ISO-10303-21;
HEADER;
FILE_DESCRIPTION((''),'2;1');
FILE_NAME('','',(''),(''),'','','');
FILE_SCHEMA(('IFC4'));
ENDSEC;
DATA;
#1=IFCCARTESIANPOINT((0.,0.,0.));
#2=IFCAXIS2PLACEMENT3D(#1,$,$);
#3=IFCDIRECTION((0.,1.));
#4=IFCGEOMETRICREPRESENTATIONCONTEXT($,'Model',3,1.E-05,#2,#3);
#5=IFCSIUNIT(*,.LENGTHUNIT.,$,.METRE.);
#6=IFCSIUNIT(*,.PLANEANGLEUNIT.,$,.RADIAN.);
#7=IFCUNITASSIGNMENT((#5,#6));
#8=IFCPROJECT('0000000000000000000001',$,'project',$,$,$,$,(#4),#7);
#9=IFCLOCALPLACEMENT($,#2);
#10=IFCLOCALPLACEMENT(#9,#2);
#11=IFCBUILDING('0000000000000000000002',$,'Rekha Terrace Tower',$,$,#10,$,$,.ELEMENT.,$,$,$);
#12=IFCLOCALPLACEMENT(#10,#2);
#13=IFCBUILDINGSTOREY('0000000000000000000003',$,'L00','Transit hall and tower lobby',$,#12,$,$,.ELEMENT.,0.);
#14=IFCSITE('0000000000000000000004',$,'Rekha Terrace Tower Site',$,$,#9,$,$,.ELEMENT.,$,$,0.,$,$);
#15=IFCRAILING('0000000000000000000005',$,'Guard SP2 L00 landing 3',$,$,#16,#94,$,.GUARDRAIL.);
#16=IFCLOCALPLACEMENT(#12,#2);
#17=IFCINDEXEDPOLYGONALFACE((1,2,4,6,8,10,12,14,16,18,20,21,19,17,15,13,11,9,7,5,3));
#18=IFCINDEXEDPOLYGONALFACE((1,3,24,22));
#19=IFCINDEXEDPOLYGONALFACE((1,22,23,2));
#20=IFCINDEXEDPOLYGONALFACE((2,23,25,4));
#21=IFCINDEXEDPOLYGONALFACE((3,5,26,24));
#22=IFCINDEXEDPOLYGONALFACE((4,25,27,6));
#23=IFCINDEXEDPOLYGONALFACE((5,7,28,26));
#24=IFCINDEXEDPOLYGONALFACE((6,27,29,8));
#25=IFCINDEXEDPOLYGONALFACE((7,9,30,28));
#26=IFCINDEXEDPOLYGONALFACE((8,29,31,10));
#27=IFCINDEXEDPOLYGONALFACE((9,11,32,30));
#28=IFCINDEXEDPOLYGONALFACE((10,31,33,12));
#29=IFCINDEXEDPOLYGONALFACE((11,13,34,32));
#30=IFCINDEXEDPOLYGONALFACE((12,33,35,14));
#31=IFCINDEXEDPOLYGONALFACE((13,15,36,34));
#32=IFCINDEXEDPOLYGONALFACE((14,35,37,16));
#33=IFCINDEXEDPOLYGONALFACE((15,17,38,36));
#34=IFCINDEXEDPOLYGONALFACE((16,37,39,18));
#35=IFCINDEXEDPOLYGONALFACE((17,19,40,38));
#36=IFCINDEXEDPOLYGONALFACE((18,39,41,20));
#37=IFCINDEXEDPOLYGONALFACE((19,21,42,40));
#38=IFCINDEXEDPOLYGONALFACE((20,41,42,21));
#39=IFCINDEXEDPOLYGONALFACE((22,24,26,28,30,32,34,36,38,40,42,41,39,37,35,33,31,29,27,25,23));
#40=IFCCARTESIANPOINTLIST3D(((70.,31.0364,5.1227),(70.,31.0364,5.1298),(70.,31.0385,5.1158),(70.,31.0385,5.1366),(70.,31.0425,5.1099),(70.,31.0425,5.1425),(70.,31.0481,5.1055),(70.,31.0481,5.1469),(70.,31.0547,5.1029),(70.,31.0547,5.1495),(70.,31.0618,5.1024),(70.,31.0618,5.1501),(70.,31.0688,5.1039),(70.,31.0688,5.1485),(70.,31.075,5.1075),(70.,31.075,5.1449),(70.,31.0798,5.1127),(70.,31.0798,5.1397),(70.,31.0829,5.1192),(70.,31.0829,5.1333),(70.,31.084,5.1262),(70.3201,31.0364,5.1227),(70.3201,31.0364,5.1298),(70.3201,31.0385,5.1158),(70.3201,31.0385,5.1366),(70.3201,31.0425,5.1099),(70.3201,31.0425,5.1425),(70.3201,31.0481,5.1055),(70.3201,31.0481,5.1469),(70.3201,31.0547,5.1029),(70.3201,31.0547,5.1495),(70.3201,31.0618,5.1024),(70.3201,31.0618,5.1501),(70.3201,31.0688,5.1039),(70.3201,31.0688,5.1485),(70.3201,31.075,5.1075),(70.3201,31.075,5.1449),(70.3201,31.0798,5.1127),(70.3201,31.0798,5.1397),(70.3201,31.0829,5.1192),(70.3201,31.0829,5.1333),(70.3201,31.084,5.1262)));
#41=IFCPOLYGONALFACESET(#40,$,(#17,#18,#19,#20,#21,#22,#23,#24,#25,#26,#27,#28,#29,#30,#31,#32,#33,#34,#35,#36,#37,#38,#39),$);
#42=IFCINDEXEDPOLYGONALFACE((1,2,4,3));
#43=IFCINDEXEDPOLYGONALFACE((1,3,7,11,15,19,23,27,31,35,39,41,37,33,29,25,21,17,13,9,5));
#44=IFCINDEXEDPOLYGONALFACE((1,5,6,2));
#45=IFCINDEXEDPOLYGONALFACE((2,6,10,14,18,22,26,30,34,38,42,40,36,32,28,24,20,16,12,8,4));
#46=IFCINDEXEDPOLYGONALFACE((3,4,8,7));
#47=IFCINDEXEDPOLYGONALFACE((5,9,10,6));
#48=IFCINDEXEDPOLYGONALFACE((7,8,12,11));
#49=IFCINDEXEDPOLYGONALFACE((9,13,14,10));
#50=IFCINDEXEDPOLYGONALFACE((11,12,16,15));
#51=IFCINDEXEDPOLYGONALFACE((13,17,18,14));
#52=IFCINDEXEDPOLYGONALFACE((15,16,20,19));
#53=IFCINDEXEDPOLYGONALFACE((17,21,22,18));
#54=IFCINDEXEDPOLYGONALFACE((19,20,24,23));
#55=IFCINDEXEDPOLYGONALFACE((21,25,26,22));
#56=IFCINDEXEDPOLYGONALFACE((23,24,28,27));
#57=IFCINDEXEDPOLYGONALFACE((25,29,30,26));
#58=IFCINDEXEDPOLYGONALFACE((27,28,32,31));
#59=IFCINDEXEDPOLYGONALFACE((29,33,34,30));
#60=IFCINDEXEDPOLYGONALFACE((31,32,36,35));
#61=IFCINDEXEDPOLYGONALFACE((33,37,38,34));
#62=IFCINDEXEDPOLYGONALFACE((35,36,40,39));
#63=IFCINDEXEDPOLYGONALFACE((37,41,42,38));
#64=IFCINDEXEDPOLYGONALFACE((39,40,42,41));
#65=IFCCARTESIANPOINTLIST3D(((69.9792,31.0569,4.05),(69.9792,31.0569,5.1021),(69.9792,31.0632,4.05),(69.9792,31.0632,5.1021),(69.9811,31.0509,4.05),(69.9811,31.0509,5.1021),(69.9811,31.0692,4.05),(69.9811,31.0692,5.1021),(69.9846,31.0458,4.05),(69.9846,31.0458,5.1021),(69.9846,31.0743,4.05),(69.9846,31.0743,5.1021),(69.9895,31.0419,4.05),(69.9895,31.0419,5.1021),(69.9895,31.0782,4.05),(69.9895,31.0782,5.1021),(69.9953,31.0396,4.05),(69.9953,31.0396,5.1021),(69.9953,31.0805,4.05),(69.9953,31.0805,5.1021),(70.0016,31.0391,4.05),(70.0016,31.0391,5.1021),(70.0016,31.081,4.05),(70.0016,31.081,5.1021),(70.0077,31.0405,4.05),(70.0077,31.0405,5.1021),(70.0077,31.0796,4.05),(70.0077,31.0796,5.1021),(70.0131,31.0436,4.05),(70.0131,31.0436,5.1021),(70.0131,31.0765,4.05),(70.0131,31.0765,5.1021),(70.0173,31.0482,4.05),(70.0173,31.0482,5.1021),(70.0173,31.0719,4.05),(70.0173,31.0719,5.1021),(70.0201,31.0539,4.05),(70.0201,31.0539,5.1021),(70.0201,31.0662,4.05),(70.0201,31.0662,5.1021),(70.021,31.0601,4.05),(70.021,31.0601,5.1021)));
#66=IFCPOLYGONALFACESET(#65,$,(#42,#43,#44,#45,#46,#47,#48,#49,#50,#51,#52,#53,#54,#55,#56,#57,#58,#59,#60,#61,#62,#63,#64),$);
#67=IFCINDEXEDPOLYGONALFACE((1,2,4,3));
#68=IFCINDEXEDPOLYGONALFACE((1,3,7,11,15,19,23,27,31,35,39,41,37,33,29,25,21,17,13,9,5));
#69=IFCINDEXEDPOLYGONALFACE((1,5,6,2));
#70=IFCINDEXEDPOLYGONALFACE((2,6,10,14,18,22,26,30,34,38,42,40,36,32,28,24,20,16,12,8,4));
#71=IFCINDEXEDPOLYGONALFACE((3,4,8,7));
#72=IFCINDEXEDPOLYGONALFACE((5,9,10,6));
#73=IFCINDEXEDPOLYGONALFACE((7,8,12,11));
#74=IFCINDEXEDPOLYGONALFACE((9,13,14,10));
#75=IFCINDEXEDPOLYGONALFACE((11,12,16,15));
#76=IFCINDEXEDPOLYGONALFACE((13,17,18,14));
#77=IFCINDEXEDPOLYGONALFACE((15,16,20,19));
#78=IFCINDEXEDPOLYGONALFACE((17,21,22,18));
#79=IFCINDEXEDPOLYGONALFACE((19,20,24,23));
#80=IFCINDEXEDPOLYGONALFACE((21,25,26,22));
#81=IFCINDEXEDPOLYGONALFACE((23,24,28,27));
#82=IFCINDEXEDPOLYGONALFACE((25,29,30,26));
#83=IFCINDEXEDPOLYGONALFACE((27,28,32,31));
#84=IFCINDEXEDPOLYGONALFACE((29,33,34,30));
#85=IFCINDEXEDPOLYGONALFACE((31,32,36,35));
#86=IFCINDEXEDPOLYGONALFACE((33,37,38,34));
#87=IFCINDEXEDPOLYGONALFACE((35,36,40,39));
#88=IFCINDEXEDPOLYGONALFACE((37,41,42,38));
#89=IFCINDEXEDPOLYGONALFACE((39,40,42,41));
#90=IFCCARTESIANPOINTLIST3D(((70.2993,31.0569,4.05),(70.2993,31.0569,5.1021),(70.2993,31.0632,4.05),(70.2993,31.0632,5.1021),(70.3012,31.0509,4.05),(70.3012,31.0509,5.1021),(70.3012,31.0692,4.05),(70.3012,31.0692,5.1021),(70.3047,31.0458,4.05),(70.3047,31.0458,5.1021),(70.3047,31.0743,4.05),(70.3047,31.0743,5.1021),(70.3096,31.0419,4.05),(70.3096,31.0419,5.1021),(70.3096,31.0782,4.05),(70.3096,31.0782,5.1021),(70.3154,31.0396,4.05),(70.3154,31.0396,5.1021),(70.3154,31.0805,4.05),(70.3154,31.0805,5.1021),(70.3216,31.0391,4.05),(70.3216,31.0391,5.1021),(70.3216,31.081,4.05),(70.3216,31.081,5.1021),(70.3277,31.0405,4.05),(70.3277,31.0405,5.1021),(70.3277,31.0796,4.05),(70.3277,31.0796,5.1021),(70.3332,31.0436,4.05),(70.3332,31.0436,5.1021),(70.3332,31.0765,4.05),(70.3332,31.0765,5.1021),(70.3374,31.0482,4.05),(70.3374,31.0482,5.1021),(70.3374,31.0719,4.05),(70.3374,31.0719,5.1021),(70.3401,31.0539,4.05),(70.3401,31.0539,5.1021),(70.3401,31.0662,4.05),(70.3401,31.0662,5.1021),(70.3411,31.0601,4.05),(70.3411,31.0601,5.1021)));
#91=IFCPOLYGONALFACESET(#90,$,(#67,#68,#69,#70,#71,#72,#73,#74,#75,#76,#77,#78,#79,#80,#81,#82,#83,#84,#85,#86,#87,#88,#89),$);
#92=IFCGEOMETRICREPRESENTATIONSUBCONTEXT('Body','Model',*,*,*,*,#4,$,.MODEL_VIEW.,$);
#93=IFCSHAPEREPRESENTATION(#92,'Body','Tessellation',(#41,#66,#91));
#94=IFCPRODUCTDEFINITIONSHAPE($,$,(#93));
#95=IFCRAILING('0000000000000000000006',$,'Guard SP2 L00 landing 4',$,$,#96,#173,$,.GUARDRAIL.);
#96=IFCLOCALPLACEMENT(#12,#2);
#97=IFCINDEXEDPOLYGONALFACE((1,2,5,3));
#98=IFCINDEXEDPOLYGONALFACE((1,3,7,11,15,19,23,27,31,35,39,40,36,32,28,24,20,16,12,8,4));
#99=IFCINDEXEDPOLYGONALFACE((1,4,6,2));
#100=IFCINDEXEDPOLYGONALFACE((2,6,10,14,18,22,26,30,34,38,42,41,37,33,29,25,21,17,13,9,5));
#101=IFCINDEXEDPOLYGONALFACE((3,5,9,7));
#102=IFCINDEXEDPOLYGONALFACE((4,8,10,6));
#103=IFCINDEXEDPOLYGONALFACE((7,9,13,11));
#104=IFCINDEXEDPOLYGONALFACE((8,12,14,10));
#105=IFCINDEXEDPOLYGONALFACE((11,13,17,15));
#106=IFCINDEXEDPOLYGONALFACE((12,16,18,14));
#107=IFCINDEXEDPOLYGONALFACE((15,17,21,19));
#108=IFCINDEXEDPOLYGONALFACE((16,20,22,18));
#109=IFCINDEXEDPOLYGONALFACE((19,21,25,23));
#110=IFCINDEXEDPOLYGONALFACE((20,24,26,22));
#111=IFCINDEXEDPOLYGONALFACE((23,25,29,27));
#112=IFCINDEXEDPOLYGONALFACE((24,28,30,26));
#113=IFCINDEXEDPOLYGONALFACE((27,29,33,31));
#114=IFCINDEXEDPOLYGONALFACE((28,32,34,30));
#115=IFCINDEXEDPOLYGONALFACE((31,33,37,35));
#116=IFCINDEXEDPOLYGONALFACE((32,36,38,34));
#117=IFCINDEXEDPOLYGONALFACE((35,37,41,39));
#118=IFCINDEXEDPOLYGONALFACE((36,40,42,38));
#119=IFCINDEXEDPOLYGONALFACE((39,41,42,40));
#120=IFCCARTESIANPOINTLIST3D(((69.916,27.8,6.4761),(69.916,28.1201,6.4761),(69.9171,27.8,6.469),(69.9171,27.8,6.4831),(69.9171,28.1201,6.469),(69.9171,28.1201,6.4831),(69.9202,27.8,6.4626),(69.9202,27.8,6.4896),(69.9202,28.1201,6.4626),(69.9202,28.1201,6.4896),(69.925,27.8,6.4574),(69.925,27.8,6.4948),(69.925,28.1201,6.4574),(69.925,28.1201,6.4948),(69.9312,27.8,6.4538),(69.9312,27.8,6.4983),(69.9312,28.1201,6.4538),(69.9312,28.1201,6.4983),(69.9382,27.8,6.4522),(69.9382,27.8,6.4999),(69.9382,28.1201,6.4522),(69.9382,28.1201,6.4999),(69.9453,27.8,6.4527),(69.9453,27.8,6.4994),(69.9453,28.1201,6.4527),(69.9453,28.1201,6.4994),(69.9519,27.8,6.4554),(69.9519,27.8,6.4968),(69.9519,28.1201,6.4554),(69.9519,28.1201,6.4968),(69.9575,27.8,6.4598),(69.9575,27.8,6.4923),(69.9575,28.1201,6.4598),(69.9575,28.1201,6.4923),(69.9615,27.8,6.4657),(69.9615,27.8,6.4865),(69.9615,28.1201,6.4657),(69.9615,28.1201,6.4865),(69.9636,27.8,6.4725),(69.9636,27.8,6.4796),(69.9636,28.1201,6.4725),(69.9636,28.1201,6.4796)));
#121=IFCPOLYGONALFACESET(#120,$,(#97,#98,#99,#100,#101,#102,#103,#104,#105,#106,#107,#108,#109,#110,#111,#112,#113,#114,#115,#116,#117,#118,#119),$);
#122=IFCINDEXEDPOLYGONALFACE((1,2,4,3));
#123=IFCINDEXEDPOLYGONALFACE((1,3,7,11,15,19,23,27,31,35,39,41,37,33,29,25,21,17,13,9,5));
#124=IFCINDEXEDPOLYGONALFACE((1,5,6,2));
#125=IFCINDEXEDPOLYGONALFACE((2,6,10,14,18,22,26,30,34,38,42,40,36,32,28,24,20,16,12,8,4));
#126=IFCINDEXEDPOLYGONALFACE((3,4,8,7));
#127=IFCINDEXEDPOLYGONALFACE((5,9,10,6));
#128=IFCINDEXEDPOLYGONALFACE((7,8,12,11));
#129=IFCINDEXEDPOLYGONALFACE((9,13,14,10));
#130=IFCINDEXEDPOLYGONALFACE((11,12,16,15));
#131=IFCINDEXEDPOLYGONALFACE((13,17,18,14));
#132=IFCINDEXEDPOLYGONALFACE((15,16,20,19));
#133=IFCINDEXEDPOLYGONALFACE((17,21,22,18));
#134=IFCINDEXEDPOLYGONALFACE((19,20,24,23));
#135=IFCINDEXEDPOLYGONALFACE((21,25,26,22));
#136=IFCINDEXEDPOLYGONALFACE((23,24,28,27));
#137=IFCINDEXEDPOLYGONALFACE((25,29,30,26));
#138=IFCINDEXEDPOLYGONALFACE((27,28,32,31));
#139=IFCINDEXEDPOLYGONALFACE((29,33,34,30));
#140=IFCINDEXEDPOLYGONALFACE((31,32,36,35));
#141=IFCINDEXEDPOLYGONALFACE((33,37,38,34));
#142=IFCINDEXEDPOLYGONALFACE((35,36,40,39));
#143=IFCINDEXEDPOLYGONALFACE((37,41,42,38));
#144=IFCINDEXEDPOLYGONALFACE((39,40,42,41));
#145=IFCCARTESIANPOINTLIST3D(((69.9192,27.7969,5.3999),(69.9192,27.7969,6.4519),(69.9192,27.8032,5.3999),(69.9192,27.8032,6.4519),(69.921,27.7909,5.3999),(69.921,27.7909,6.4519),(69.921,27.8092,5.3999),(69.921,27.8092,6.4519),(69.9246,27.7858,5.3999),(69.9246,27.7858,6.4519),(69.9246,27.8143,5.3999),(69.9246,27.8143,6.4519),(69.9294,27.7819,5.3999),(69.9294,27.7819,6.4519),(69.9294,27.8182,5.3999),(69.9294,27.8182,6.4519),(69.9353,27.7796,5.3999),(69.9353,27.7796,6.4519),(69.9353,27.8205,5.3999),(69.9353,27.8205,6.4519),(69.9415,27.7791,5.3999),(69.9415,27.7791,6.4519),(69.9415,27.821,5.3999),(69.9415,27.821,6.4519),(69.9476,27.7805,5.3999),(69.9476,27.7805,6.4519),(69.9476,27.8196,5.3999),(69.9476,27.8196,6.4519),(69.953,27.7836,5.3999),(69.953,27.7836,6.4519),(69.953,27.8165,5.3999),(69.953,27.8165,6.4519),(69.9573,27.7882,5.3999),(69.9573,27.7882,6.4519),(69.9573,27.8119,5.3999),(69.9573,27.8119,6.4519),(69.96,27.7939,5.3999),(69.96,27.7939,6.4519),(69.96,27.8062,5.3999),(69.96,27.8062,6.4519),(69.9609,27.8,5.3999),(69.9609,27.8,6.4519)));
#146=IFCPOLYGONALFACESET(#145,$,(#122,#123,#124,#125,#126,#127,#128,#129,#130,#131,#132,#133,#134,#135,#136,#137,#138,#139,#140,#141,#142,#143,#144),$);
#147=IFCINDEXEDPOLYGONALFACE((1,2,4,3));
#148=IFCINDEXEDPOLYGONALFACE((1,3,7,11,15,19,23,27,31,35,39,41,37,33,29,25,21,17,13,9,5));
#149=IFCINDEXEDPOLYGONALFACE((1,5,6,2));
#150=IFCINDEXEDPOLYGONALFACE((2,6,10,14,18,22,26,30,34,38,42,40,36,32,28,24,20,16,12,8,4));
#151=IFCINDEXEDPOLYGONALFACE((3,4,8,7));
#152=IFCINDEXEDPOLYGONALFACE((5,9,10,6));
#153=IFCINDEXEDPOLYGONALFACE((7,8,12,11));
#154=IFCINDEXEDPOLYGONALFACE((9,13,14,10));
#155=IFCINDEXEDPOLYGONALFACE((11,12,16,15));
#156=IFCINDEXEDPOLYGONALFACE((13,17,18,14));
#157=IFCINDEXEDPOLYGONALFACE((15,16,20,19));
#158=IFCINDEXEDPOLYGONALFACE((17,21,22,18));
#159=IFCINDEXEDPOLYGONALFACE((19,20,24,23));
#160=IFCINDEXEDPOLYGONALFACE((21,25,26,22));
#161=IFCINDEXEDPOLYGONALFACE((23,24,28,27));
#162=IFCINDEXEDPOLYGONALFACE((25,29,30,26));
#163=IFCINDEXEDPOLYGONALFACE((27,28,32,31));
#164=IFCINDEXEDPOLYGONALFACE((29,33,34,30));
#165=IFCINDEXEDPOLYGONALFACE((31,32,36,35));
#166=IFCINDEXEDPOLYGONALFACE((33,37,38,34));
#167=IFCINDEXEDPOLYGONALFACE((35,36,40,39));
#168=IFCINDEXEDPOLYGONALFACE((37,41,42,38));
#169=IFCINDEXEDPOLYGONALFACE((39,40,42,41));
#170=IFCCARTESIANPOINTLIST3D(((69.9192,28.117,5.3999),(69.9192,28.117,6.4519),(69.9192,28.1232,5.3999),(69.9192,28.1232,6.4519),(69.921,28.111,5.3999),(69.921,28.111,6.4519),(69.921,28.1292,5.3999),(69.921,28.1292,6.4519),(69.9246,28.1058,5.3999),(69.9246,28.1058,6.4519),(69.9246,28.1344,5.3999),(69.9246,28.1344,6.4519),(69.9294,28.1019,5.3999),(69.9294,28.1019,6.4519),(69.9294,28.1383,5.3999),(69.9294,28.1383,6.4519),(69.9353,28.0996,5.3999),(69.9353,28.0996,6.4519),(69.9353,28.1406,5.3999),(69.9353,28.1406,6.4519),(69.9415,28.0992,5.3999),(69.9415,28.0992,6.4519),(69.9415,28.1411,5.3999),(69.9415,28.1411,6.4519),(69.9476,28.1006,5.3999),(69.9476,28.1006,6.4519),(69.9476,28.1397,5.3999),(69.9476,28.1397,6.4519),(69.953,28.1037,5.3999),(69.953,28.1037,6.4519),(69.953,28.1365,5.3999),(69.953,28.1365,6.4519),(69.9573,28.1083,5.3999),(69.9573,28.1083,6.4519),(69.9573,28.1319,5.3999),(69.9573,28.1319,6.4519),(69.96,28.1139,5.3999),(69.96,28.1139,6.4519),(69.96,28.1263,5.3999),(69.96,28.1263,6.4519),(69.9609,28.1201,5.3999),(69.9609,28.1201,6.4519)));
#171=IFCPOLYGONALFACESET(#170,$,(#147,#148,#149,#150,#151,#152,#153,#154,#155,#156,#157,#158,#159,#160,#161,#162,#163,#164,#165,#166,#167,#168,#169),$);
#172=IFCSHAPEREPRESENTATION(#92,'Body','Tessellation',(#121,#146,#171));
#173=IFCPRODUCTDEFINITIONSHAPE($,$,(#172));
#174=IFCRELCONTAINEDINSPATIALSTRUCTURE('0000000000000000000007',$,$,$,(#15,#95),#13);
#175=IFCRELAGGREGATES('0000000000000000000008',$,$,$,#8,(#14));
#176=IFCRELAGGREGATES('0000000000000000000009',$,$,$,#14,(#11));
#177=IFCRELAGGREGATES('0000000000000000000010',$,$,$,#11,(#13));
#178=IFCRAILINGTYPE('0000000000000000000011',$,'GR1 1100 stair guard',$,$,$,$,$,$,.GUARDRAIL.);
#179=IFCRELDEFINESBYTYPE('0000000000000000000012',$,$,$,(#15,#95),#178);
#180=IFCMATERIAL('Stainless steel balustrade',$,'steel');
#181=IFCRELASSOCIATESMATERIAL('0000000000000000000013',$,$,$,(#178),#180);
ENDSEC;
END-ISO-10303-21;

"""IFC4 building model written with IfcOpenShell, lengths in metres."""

from ifc_helpers import new_model, si_unit, direction, frame, origin, origin_2d, place, context, subcontext, project, spatial, circle, extrude, material, type_object, element, save


model = new_model("IFC4")

# Units and contexts
model_context = context("Model", 3, precision=1e-05, world=origin(), true_north=direction((0.0, 1.0)))
body_context = subcontext(model_context, "Body", "Model", "MODEL_VIEW")
ifc_project = project(units=[si_unit("LENGTHUNIT", "METRE"), si_unit("PLANEANGLEUNIT", "RADIAN")], contexts=[model_context])

# Site, building, storey
site_placement = place(None, origin())
site = spatial("IfcSite", under=ifc_project, at=site_placement, Name="Rekha Terrace Tower Site", CompositionType="ELEMENT", RefElevation=0.0)
building_placement = place(site_placement, origin())
building = spatial("IfcBuilding", under=site, at=building_placement, Name="Rekha Terrace Tower", CompositionType="ELEMENT")
storey_placement = place(building_placement, origin())
storey = spatial("IfcBuildingStorey", under=building, at=storey_placement, Name="L00", Description="Transit hall and tower lobby", CompositionType="ELEMENT", Elevation=0.0)

# Railings
ifc_material_1 = material(Name="Stainless steel balustrade", Category="steel")
railing_type_1 = type_object("IfcRailingType", Name="GR1 1100 stair guard", PredefinedType="GUARDRAIL", material=ifc_material_1)
railing_1_placement = place(storey_placement, frame((70.0, 31.0601, 4.05)))
element("IfcRailing", 1, at=railing_1_placement, inside=storey, type_object=railing_type_1, Name="Guard SP2 L00 landing 3", PredefinedType="GUARDRAIL", context=body_context, shape_type="SweptSolid", body=[
    extrude(circle(Radius=0.0239, at=origin_2d()), frame((0.0, 0.0, 1.0762), z_axis=(1.0, 0.0, 0.0), x_axis=(0.0, 1.0, 0.0)), (0.0, 0.0, 1.0), 0.3201),
    extrude(circle(Radius=0.021, at=origin_2d()), origin(), (0.0, 0.0, 1.0), 1.052),
    extrude(circle(Radius=0.021, at=origin_2d()), frame((0.3201, 0.0, 0.0)), (0.0, 0.0, 1.0), 1.052),
])
railing_2_placement = place(storey_placement, frame((69.9399, 27.8, 5.3999)))
element("IfcRailing", 2, at=railing_2_placement, inside=storey, type_object=railing_type_1, Name="Guard SP2 L00 landing 4", PredefinedType="GUARDRAIL", context=body_context, shape_type="SweptSolid", body=[
    extrude(circle(Radius=0.0239, at=origin_2d()), frame((0.0, 0.0, 1.0762), z_axis=(0.0, 1.0, 0.0), x_axis=(-1.0, 0.0, 0.0)), (0.0, 0.0, 1.0), 0.3201),
    extrude(circle(Radius=0.021, at=origin_2d()), origin(), (0.0, 0.0, 1.0), 1.052),
    extrude(circle(Radius=0.021, at=origin_2d()), frame((0.0, 0.3201, 0.0)), (0.0, 0.0, 1.0), 1.052),
])

save(model, "model.ifc")
